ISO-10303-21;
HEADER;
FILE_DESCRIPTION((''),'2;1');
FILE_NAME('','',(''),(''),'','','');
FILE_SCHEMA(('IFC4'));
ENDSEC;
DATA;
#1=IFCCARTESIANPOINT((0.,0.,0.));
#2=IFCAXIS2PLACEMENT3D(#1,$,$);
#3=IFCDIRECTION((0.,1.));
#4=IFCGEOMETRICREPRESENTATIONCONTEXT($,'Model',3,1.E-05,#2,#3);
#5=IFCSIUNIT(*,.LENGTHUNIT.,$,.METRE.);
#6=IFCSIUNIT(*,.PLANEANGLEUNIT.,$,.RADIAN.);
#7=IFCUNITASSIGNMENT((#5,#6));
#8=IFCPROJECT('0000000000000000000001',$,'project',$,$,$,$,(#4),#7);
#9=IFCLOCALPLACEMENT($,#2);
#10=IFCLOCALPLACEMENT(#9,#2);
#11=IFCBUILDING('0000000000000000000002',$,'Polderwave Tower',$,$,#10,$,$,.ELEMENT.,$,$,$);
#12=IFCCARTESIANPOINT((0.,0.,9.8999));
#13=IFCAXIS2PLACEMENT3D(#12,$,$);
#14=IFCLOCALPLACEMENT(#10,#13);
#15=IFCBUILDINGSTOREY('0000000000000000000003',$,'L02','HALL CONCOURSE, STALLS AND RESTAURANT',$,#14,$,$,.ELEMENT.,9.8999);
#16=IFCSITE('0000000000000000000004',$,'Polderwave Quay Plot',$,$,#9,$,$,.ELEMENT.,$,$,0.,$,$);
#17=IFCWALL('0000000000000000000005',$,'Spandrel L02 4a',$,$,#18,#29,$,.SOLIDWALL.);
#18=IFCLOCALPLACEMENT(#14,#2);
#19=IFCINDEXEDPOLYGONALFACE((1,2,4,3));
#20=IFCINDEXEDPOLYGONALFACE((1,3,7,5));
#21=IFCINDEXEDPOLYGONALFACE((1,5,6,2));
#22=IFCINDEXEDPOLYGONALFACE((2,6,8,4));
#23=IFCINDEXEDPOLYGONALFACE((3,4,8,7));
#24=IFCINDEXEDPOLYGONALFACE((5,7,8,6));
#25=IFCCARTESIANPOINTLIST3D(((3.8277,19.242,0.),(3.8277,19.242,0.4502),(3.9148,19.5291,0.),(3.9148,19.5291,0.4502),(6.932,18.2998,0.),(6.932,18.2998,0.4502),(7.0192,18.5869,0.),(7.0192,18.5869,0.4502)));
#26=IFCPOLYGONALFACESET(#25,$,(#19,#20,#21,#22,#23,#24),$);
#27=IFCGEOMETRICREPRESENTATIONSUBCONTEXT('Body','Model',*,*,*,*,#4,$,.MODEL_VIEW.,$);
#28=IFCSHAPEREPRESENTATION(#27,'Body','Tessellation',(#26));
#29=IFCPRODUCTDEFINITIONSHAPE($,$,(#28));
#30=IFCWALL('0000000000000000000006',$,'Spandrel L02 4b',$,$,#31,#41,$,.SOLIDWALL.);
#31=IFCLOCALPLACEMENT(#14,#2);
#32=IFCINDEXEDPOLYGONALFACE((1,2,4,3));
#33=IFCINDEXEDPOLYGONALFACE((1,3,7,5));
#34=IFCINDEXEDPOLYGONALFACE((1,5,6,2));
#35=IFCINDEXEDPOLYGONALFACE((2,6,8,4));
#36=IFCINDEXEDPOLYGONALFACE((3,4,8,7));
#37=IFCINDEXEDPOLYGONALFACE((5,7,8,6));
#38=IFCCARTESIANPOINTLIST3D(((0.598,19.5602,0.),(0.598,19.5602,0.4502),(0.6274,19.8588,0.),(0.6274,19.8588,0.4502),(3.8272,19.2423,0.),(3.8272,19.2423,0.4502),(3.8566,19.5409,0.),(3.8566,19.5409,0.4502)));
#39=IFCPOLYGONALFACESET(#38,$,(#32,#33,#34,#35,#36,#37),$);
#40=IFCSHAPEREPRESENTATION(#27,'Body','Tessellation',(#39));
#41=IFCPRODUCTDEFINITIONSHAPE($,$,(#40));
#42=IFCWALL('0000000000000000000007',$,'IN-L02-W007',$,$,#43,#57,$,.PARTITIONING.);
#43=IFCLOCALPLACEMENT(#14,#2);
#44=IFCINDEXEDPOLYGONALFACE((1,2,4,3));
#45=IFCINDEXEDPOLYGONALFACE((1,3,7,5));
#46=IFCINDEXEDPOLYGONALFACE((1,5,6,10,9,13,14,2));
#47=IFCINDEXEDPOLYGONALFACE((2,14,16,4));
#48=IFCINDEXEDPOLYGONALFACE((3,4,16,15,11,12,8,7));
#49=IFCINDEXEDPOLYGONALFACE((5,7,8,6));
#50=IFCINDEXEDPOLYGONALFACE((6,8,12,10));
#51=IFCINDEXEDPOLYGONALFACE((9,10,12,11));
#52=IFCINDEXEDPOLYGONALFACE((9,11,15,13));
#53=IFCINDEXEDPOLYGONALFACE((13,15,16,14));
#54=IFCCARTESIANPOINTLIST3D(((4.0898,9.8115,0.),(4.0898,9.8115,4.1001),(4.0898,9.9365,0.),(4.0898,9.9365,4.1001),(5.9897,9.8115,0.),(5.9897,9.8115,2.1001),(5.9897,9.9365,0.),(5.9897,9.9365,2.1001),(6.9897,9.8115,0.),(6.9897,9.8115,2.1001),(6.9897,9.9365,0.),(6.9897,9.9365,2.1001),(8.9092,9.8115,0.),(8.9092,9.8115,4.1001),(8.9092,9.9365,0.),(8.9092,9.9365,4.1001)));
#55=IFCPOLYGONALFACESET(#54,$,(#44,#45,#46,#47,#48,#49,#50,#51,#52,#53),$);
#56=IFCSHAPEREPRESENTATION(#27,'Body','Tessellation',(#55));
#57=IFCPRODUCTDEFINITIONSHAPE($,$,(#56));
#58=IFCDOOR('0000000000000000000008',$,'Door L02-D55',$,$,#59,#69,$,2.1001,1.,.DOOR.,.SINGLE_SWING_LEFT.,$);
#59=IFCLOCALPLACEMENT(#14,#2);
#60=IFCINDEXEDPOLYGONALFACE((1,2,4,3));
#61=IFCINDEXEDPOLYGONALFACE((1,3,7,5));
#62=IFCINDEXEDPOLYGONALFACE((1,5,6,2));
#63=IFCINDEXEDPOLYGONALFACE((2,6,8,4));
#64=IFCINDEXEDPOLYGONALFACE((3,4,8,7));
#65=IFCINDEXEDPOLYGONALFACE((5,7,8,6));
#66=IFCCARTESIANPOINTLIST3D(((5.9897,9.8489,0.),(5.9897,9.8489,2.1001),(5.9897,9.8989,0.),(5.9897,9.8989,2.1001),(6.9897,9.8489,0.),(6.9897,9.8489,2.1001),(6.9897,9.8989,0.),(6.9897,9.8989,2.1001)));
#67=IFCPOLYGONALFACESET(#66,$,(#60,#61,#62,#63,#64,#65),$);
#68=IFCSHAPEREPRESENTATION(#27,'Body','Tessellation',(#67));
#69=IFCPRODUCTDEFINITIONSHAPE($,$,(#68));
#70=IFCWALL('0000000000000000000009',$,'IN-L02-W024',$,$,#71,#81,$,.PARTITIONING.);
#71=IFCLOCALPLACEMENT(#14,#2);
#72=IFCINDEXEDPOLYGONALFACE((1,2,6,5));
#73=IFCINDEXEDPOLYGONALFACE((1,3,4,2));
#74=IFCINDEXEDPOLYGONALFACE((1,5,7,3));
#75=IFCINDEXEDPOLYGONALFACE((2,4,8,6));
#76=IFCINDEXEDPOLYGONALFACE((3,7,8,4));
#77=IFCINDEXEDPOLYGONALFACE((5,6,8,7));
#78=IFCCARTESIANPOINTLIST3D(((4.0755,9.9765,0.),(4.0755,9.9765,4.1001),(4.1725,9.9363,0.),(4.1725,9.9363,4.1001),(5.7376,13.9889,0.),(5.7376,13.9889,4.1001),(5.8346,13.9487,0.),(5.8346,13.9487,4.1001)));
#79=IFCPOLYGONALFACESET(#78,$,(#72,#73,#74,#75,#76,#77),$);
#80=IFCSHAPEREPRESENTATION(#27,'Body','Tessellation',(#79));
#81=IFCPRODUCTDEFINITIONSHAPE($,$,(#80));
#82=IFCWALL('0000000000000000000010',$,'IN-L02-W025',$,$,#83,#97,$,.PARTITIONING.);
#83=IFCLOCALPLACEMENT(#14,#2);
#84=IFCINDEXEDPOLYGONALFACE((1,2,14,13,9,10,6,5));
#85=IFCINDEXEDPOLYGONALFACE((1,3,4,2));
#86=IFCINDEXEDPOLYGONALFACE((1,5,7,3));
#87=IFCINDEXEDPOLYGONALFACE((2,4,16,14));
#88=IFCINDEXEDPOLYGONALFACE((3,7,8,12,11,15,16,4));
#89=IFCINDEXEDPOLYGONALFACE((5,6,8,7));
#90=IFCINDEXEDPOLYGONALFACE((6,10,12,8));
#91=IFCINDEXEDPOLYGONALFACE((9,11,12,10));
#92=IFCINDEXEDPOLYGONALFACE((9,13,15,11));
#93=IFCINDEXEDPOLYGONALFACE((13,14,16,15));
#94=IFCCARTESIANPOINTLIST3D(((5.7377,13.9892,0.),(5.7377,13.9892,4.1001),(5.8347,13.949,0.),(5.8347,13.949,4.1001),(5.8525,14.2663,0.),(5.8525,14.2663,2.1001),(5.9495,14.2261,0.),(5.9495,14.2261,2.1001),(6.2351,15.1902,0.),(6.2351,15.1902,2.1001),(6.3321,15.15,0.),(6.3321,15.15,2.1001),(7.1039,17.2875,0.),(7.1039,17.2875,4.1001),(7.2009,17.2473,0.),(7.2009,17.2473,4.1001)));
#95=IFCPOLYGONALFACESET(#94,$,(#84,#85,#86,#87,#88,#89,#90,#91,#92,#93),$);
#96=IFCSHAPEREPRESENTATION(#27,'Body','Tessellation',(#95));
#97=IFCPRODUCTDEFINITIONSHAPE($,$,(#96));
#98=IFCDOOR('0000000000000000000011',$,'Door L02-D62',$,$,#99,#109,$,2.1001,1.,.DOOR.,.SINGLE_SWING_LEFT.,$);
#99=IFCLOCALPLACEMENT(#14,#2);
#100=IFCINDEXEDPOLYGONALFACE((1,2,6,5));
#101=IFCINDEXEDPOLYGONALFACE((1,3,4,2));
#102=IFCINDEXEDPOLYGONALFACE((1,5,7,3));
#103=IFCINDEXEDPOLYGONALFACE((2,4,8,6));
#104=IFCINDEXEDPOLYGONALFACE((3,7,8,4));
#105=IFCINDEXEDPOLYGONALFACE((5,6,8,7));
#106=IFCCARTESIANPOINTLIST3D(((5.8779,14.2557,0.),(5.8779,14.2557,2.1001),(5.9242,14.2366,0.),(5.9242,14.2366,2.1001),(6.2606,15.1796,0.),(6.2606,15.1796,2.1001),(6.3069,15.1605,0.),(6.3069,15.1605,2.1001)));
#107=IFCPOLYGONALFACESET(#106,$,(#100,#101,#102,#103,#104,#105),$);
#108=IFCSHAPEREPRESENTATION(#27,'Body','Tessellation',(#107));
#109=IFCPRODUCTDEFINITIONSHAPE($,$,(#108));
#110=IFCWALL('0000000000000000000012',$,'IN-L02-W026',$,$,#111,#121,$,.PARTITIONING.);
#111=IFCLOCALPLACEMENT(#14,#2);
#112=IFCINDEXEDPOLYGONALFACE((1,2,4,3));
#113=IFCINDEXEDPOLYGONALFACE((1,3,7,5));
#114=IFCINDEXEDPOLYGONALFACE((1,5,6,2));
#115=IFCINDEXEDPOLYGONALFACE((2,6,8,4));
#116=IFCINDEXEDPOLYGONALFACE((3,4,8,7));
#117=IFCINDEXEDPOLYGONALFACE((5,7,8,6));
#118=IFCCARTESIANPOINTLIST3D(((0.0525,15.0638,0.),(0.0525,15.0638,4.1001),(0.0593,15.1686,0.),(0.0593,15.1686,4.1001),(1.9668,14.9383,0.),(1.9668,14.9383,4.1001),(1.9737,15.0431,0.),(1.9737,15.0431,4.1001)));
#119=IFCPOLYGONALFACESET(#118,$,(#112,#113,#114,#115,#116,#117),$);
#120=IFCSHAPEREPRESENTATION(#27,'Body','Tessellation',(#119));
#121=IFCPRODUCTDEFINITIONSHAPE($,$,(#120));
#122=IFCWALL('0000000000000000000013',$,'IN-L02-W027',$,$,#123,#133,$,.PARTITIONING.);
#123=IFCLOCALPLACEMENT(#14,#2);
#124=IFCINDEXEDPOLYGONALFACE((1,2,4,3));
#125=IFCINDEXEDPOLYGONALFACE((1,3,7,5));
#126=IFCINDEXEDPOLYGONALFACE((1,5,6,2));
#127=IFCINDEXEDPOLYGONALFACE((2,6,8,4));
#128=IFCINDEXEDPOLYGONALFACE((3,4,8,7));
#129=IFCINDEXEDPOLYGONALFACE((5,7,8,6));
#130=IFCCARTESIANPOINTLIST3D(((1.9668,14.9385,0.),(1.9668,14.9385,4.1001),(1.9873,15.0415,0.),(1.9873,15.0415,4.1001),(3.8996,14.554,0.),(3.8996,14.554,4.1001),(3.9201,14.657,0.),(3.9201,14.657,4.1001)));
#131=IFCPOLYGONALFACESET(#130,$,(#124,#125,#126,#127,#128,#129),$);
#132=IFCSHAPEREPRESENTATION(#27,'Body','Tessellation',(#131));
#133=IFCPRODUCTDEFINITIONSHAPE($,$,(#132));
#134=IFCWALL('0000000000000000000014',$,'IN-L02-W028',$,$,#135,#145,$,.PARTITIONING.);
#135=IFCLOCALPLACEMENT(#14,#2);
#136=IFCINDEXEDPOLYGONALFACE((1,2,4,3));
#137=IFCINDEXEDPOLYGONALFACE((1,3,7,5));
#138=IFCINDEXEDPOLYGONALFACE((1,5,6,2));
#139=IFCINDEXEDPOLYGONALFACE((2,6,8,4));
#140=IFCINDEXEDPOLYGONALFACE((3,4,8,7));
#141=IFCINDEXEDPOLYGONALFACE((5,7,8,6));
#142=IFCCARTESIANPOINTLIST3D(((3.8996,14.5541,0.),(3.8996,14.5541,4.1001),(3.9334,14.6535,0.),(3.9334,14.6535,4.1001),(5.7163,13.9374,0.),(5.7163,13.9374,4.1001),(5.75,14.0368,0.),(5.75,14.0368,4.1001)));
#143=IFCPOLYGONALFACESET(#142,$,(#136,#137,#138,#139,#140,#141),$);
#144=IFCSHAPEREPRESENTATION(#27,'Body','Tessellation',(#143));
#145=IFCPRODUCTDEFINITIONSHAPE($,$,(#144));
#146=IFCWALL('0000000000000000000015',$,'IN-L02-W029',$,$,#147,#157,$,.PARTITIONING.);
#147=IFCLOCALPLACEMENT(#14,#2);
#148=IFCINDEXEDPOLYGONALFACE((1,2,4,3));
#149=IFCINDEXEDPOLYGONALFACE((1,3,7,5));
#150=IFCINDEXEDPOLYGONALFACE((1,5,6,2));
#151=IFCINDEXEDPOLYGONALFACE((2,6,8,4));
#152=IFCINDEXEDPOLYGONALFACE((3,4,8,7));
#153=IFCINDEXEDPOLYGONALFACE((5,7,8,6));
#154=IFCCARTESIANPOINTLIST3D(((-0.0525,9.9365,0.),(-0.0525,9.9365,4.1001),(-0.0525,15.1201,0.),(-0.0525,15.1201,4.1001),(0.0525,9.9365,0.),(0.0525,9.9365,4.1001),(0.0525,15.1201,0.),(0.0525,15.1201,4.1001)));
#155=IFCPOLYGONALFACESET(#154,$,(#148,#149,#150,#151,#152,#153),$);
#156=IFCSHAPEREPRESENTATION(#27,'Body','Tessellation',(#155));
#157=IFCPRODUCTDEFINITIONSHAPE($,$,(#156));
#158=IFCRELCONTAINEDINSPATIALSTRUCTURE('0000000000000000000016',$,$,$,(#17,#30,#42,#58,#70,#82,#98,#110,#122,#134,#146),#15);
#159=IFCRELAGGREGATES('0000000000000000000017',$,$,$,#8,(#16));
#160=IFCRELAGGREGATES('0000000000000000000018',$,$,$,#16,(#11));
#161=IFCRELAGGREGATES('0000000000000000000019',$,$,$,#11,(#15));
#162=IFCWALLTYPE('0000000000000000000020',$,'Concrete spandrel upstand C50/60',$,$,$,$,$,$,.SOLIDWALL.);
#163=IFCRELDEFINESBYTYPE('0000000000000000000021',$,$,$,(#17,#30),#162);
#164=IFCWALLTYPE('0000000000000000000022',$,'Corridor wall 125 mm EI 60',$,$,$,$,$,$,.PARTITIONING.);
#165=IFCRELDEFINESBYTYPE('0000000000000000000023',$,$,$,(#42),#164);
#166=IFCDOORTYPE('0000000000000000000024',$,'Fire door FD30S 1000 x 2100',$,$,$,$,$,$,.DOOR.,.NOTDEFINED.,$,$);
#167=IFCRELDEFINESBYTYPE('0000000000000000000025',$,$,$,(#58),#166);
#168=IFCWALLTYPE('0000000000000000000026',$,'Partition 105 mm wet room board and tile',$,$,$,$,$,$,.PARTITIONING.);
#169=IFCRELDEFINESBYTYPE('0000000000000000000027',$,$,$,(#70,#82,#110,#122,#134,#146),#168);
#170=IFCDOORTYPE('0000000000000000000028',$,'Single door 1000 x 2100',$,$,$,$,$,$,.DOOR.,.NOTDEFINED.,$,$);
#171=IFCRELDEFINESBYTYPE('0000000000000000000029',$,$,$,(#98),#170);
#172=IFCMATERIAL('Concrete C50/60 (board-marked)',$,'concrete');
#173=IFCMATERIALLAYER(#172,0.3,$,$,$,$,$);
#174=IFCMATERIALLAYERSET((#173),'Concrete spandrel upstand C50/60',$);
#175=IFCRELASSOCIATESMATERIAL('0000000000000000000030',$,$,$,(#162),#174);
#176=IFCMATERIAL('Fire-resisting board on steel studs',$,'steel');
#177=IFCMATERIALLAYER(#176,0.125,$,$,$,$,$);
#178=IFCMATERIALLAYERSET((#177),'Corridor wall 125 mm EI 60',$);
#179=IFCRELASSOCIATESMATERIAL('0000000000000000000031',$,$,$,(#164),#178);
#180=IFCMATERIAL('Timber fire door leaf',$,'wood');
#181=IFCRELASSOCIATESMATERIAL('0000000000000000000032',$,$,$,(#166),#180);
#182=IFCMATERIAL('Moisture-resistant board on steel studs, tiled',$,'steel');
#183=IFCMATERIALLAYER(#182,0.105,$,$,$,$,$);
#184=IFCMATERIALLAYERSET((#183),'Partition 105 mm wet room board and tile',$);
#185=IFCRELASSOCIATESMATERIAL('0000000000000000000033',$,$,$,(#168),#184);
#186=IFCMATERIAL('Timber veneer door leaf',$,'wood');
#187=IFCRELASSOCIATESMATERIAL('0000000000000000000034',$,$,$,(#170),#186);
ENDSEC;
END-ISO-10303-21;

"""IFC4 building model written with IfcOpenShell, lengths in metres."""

from ifc_helpers import new_model, si_unit, direction, frame, frame_2d, origin, place, context, subcontext, project, spatial, rectangle, extrude, material, layer, layer_set, type_object, element, fill, save


model = new_model("IFC4")

# Units and contexts
model_context = context("Model", 3, precision=1e-05, world=origin(), true_north=direction((0.0, 1.0)))
body_context = subcontext(model_context, "Body", "Model", "MODEL_VIEW")
ifc_project = project(units=[si_unit("LENGTHUNIT", "METRE"), si_unit("PLANEANGLEUNIT", "RADIAN")], contexts=[model_context])

# Site, building, storey
site_placement = place(None, origin())
site = spatial("IfcSite", under=ifc_project, at=site_placement, Name="Polderwave Quay Plot", CompositionType="ELEMENT", RefElevation=0.0)
building_placement = place(site_placement, origin())
building = spatial("IfcBuilding", under=site, at=building_placement, Name="Polderwave Tower", CompositionType="ELEMENT")
storey_placement = place(building_placement, frame((0.0, 0.0, 9.8999)))
storey = spatial("IfcBuildingStorey", under=building, at=storey_placement, Name="L02", Description="HALL CONCOURSE, STALLS AND RESTAURANT", CompositionType="ELEMENT", Elevation=9.8999)

# Walls
ifc_material_1 = material(Name="Concrete C50/60 (board-marked)", Category="concrete")
ifc_layer_1 = layer(ifc_material_1, 0.3)
ifc_layer_set_1 = layer_set([ifc_layer_1], Name="Concrete spandrel upstand C50/60")
wall_type_1 = type_object("IfcWallType", Name="Concrete spandrel upstand C50/60", PredefinedType="SOLIDWALL", material=ifc_layer_set_1)
wall_1_placement = place(storey_placement, frame((6.9756, 18.4434, 0.0), z_axis=(0.0, 0.0, 1.0), x_axis=(-0.9569, 0.290419, 0.0)))
element("IfcWall", 1, at=wall_1_placement, inside=storey, type_object=wall_type_1, Name="Spandrel L02 4a", PredefinedType="SOLIDWALL", context=body_context, shape_type="SweptSolid", body=[
    extrude(rectangle(XDim=3.2441, YDim=0.3, at=frame_2d((1.6221, 0.0))), origin(), (0.0, 0.0, 1.0), 0.4502),
])
wall_2_placement = place(storey_placement, frame((3.842, 19.3916, 0.0), z_axis=(0.0, 0.0, 1.0), x_axis=(-0.99519, 0.097962, 0.0)))
element("IfcWall", 2, at=wall_2_placement, inside=storey, type_object=wall_type_1, Name="Spandrel L02 4b", PredefinedType="SOLIDWALL", context=body_context, shape_type="SweptSolid", body=[
    extrude(rectangle(XDim=3.2449, YDim=0.3, at=frame_2d((1.6226, 0.0))), origin(), (0.0, 0.0, 1.0), 0.4502),
])

# Wall, opening, door
ifc_material_2 = material(Name="Fire-resisting board on steel studs", Category="steel")
ifc_layer_2 = layer(ifc_material_2, 0.125)
ifc_layer_set_2 = layer_set([ifc_layer_2], Name="Corridor wall 125 mm EI 60")
wall_type_2 = type_object("IfcWallType", Name="Corridor wall 125 mm EI 60", PredefinedType="PARTITIONING", material=ifc_layer_set_2)
wall_3_placement = place(storey_placement, frame((4.0898, 9.874, 0.0), z_axis=(0.0, 0.0, 1.0), x_axis=(1.0, 0.0, 0.0)))
wall_3 = element("IfcWall", 3, at=wall_3_placement, inside=storey, type_object=wall_type_2, Name="IN-L02-W007", PredefinedType="PARTITIONING", context=body_context, shape_type="SweptSolid", body=[
    extrude(rectangle(XDim=4.8193, YDim=0.125, at=frame_2d((2.4097, 0.0))), origin(), (0.0, 0.0, 1.0), 4.1001),
])
opening_1_placement = place(wall_3_placement, frame((1.8999, 0.0, 0.0)))
opening_1 = element("IfcOpeningElement", 4, at=opening_1_placement, cuts=wall_3, PredefinedType="OPENING", context=body_context, shape_type="SweptSolid", body=[
    extrude(rectangle(XDim=1.0, YDim=2.1001, at=frame_2d((0.5, 1.05))), frame((0.0, 0.0725, 0.0), z_axis=(0.0, -1.0, 0.0), x_axis=(1.0, 0.0, 0.0)), (0.0, 0.0, 1.0), 0.145),
])
ifc_material_3 = material(Name="Timber fire door leaf", Category="wood")
door_type_1 = type_object("IfcDoorType", Name="Fire door FD30S 1000 x 2100", OperationType="NOTDEFINED", PredefinedType="DOOR", material=ifc_material_3)
door_1_placement = place(opening_1_placement, origin())
door_1 = element("IfcDoor", 5, at=door_1_placement, inside=storey, type_object=door_type_1, Name="Door L02-D55", OperationType="SINGLE_SWING_LEFT", OverallHeight=2.1001, OverallWidth=1.0, PredefinedType="DOOR", context=body_context, shape_type="SweptSolid", body=[
    extrude(rectangle(XDim=1.0, YDim=2.1001, at=frame_2d((0.5, 1.05))), frame((0.0, 0.0249, 0.0), z_axis=(0.0, -1.0, 0.0), x_axis=(1.0, 0.0, 0.0)), (0.0, 0.0, 1.0), 0.05),
])
fill(opening_1, door_1)

# Wall
ifc_material_4 = material(Name="Moisture-resistant board on steel studs, tiled", Category="steel")
ifc_layer_3 = layer(ifc_material_4, 0.105)
ifc_layer_set_3 = layer_set([ifc_layer_3], Name="Partition 105 mm wet room board and tile")
wall_type_3 = type_object("IfcWallType", Name="Partition 105 mm wet room board and tile", PredefinedType="PARTITIONING", material=ifc_layer_set_3)
wall_4_placement = place(storey_placement, frame((4.124, 9.9565, 0.0), z_axis=(0.0, 0.0, 1.0), x_axis=(0.382703, 0.923872, 0.0)))
element("IfcWall", 6, at=wall_4_placement, inside=storey, type_object=wall_type_3, Name="IN-L02-W024", PredefinedType="PARTITIONING", context=body_context, shape_type="SweptSolid", body=[
    extrude(rectangle(XDim=4.343, YDim=0.105, at=frame_2d((2.1714, 0.0))), origin(), (0.0, 0.0, 1.0), 4.1001),
])

# Wall, opening, door
wall_5_placement = place(storey_placement, frame((5.7861, 13.969, 0.0), z_axis=(0.0, 0.0, 1.0), x_axis=(0.382682, 0.92388, 0.0)))
wall_5 = element("IfcWall", 7, at=wall_5_placement, inside=storey, type_object=wall_type_3, Name="IN-L02-W025", PredefinedType="PARTITIONING", context=body_context, shape_type="SweptSolid", body=[
    extrude(rectangle(XDim=3.5701, YDim=0.105, at=frame_2d((1.7852, 0.0))), origin(), (0.0, 0.0, 1.0), 4.1001),
])
opening_2_placement = place(wall_5_placement, frame((0.3, 0.0, 0.0)))
opening_2 = element("IfcOpeningElement", 8, at=opening_2_placement, cuts=wall_5, PredefinedType="OPENING", context=body_context, shape_type="SweptSolid", body=[
    extrude(rectangle(XDim=1.0, YDim=2.1001, at=frame_2d((0.5, 1.05))), frame((0.0, 0.0625, 0.0), z_axis=(0.0, -1.0, 0.0), x_axis=(1.0, 0.0, 0.0)), (0.0, 0.0, 1.0), 0.125),
])
ifc_material_5 = material(Name="Timber veneer door leaf", Category="wood")
door_type_2 = type_object("IfcDoorType", Name="Single door 1000 x 2100", OperationType="NOTDEFINED", PredefinedType="DOOR", material=ifc_material_5)
door_2_placement = place(opening_2_placement, origin())
door_2 = element("IfcDoor", 9, at=door_2_placement, inside=storey, type_object=door_type_2, Name="Door L02-D62", OperationType="SINGLE_SWING_LEFT", OverallHeight=2.1001, OverallWidth=1.0, PredefinedType="DOOR", context=body_context, shape_type="SweptSolid", body=[
    extrude(rectangle(XDim=1.0, YDim=2.1001, at=frame_2d((0.5, 1.05))), frame((0.0, 0.0249, 0.0), z_axis=(0.0, -1.0, 0.0), x_axis=(1.0, 0.0, 0.0)), (0.0, 0.0, 1.0), 0.05),
])
fill(opening_2, door_2)

# Walls
wall_6_placement = place(storey_placement, frame((0.0559, 15.1162, 0.0), z_axis=(0.0, 0.0, 1.0), x_axis=(0.997858, -0.065412, 0.0)))
element("IfcWall", 10, at=wall_6_placement, inside=storey, type_object=wall_type_3, Name="IN-L02-W026", PredefinedType="PARTITIONING", context=body_context, shape_type="SweptSolid", body=[
    extrude(rectangle(XDim=1.9185, YDim=0.105, at=frame_2d((0.9592, 0.0))), origin(), (0.0, 0.0, 1.0), 4.1001),
])
wall_7_placement = place(storey_placement, frame((1.9771, 14.99, 0.0), z_axis=(0.0, 0.0, 1.0), x_axis=(0.98078, -0.195115, 0.0)))
element("IfcWall", 11, at=wall_7_placement, inside=storey, type_object=wall_type_3, Name="IN-L02-W027", PredefinedType="PARTITIONING", context=body_context, shape_type="SweptSolid", body=[
    extrude(rectangle(XDim=1.9707, YDim=0.105, at=frame_2d((0.9854, 0.0))), origin(), (0.0, 0.0, 1.0), 4.1001),
])
wall_8_placement = place(storey_placement, frame((3.9165, 14.6038, 0.0), z_axis=(0.0, 0.0, 1.0), x_axis=(0.946925, -0.321453, 0.0)))
element("IfcWall", 12, at=wall_8_placement, inside=storey, type_object=wall_type_3, Name="IN-L02-W028", PredefinedType="PARTITIONING", context=body_context, shape_type="SweptSolid", body=[
    extrude(rectangle(XDim=1.9185, YDim=0.105, at=frame_2d((0.9592, 0.0))), origin(), (0.0, 0.0, 1.0), 4.1001),
])
wall_9_placement = place(storey_placement, frame((0.0, 9.9365, 0.0), z_axis=(0.0, 0.0, 1.0), x_axis=(0.0, 1.0, 0.0)))
element("IfcWall", 13, at=wall_9_placement, inside=storey, type_object=wall_type_3, Name="IN-L02-W029", PredefinedType="PARTITIONING", context=body_context, shape_type="SweptSolid", body=[
    extrude(rectangle(XDim=5.1836, YDim=0.105, at=frame_2d((2.5918, 0.0))), origin(), (0.0, 0.0, 1.0), 4.1001),
])

save(model, "model.ifc")
